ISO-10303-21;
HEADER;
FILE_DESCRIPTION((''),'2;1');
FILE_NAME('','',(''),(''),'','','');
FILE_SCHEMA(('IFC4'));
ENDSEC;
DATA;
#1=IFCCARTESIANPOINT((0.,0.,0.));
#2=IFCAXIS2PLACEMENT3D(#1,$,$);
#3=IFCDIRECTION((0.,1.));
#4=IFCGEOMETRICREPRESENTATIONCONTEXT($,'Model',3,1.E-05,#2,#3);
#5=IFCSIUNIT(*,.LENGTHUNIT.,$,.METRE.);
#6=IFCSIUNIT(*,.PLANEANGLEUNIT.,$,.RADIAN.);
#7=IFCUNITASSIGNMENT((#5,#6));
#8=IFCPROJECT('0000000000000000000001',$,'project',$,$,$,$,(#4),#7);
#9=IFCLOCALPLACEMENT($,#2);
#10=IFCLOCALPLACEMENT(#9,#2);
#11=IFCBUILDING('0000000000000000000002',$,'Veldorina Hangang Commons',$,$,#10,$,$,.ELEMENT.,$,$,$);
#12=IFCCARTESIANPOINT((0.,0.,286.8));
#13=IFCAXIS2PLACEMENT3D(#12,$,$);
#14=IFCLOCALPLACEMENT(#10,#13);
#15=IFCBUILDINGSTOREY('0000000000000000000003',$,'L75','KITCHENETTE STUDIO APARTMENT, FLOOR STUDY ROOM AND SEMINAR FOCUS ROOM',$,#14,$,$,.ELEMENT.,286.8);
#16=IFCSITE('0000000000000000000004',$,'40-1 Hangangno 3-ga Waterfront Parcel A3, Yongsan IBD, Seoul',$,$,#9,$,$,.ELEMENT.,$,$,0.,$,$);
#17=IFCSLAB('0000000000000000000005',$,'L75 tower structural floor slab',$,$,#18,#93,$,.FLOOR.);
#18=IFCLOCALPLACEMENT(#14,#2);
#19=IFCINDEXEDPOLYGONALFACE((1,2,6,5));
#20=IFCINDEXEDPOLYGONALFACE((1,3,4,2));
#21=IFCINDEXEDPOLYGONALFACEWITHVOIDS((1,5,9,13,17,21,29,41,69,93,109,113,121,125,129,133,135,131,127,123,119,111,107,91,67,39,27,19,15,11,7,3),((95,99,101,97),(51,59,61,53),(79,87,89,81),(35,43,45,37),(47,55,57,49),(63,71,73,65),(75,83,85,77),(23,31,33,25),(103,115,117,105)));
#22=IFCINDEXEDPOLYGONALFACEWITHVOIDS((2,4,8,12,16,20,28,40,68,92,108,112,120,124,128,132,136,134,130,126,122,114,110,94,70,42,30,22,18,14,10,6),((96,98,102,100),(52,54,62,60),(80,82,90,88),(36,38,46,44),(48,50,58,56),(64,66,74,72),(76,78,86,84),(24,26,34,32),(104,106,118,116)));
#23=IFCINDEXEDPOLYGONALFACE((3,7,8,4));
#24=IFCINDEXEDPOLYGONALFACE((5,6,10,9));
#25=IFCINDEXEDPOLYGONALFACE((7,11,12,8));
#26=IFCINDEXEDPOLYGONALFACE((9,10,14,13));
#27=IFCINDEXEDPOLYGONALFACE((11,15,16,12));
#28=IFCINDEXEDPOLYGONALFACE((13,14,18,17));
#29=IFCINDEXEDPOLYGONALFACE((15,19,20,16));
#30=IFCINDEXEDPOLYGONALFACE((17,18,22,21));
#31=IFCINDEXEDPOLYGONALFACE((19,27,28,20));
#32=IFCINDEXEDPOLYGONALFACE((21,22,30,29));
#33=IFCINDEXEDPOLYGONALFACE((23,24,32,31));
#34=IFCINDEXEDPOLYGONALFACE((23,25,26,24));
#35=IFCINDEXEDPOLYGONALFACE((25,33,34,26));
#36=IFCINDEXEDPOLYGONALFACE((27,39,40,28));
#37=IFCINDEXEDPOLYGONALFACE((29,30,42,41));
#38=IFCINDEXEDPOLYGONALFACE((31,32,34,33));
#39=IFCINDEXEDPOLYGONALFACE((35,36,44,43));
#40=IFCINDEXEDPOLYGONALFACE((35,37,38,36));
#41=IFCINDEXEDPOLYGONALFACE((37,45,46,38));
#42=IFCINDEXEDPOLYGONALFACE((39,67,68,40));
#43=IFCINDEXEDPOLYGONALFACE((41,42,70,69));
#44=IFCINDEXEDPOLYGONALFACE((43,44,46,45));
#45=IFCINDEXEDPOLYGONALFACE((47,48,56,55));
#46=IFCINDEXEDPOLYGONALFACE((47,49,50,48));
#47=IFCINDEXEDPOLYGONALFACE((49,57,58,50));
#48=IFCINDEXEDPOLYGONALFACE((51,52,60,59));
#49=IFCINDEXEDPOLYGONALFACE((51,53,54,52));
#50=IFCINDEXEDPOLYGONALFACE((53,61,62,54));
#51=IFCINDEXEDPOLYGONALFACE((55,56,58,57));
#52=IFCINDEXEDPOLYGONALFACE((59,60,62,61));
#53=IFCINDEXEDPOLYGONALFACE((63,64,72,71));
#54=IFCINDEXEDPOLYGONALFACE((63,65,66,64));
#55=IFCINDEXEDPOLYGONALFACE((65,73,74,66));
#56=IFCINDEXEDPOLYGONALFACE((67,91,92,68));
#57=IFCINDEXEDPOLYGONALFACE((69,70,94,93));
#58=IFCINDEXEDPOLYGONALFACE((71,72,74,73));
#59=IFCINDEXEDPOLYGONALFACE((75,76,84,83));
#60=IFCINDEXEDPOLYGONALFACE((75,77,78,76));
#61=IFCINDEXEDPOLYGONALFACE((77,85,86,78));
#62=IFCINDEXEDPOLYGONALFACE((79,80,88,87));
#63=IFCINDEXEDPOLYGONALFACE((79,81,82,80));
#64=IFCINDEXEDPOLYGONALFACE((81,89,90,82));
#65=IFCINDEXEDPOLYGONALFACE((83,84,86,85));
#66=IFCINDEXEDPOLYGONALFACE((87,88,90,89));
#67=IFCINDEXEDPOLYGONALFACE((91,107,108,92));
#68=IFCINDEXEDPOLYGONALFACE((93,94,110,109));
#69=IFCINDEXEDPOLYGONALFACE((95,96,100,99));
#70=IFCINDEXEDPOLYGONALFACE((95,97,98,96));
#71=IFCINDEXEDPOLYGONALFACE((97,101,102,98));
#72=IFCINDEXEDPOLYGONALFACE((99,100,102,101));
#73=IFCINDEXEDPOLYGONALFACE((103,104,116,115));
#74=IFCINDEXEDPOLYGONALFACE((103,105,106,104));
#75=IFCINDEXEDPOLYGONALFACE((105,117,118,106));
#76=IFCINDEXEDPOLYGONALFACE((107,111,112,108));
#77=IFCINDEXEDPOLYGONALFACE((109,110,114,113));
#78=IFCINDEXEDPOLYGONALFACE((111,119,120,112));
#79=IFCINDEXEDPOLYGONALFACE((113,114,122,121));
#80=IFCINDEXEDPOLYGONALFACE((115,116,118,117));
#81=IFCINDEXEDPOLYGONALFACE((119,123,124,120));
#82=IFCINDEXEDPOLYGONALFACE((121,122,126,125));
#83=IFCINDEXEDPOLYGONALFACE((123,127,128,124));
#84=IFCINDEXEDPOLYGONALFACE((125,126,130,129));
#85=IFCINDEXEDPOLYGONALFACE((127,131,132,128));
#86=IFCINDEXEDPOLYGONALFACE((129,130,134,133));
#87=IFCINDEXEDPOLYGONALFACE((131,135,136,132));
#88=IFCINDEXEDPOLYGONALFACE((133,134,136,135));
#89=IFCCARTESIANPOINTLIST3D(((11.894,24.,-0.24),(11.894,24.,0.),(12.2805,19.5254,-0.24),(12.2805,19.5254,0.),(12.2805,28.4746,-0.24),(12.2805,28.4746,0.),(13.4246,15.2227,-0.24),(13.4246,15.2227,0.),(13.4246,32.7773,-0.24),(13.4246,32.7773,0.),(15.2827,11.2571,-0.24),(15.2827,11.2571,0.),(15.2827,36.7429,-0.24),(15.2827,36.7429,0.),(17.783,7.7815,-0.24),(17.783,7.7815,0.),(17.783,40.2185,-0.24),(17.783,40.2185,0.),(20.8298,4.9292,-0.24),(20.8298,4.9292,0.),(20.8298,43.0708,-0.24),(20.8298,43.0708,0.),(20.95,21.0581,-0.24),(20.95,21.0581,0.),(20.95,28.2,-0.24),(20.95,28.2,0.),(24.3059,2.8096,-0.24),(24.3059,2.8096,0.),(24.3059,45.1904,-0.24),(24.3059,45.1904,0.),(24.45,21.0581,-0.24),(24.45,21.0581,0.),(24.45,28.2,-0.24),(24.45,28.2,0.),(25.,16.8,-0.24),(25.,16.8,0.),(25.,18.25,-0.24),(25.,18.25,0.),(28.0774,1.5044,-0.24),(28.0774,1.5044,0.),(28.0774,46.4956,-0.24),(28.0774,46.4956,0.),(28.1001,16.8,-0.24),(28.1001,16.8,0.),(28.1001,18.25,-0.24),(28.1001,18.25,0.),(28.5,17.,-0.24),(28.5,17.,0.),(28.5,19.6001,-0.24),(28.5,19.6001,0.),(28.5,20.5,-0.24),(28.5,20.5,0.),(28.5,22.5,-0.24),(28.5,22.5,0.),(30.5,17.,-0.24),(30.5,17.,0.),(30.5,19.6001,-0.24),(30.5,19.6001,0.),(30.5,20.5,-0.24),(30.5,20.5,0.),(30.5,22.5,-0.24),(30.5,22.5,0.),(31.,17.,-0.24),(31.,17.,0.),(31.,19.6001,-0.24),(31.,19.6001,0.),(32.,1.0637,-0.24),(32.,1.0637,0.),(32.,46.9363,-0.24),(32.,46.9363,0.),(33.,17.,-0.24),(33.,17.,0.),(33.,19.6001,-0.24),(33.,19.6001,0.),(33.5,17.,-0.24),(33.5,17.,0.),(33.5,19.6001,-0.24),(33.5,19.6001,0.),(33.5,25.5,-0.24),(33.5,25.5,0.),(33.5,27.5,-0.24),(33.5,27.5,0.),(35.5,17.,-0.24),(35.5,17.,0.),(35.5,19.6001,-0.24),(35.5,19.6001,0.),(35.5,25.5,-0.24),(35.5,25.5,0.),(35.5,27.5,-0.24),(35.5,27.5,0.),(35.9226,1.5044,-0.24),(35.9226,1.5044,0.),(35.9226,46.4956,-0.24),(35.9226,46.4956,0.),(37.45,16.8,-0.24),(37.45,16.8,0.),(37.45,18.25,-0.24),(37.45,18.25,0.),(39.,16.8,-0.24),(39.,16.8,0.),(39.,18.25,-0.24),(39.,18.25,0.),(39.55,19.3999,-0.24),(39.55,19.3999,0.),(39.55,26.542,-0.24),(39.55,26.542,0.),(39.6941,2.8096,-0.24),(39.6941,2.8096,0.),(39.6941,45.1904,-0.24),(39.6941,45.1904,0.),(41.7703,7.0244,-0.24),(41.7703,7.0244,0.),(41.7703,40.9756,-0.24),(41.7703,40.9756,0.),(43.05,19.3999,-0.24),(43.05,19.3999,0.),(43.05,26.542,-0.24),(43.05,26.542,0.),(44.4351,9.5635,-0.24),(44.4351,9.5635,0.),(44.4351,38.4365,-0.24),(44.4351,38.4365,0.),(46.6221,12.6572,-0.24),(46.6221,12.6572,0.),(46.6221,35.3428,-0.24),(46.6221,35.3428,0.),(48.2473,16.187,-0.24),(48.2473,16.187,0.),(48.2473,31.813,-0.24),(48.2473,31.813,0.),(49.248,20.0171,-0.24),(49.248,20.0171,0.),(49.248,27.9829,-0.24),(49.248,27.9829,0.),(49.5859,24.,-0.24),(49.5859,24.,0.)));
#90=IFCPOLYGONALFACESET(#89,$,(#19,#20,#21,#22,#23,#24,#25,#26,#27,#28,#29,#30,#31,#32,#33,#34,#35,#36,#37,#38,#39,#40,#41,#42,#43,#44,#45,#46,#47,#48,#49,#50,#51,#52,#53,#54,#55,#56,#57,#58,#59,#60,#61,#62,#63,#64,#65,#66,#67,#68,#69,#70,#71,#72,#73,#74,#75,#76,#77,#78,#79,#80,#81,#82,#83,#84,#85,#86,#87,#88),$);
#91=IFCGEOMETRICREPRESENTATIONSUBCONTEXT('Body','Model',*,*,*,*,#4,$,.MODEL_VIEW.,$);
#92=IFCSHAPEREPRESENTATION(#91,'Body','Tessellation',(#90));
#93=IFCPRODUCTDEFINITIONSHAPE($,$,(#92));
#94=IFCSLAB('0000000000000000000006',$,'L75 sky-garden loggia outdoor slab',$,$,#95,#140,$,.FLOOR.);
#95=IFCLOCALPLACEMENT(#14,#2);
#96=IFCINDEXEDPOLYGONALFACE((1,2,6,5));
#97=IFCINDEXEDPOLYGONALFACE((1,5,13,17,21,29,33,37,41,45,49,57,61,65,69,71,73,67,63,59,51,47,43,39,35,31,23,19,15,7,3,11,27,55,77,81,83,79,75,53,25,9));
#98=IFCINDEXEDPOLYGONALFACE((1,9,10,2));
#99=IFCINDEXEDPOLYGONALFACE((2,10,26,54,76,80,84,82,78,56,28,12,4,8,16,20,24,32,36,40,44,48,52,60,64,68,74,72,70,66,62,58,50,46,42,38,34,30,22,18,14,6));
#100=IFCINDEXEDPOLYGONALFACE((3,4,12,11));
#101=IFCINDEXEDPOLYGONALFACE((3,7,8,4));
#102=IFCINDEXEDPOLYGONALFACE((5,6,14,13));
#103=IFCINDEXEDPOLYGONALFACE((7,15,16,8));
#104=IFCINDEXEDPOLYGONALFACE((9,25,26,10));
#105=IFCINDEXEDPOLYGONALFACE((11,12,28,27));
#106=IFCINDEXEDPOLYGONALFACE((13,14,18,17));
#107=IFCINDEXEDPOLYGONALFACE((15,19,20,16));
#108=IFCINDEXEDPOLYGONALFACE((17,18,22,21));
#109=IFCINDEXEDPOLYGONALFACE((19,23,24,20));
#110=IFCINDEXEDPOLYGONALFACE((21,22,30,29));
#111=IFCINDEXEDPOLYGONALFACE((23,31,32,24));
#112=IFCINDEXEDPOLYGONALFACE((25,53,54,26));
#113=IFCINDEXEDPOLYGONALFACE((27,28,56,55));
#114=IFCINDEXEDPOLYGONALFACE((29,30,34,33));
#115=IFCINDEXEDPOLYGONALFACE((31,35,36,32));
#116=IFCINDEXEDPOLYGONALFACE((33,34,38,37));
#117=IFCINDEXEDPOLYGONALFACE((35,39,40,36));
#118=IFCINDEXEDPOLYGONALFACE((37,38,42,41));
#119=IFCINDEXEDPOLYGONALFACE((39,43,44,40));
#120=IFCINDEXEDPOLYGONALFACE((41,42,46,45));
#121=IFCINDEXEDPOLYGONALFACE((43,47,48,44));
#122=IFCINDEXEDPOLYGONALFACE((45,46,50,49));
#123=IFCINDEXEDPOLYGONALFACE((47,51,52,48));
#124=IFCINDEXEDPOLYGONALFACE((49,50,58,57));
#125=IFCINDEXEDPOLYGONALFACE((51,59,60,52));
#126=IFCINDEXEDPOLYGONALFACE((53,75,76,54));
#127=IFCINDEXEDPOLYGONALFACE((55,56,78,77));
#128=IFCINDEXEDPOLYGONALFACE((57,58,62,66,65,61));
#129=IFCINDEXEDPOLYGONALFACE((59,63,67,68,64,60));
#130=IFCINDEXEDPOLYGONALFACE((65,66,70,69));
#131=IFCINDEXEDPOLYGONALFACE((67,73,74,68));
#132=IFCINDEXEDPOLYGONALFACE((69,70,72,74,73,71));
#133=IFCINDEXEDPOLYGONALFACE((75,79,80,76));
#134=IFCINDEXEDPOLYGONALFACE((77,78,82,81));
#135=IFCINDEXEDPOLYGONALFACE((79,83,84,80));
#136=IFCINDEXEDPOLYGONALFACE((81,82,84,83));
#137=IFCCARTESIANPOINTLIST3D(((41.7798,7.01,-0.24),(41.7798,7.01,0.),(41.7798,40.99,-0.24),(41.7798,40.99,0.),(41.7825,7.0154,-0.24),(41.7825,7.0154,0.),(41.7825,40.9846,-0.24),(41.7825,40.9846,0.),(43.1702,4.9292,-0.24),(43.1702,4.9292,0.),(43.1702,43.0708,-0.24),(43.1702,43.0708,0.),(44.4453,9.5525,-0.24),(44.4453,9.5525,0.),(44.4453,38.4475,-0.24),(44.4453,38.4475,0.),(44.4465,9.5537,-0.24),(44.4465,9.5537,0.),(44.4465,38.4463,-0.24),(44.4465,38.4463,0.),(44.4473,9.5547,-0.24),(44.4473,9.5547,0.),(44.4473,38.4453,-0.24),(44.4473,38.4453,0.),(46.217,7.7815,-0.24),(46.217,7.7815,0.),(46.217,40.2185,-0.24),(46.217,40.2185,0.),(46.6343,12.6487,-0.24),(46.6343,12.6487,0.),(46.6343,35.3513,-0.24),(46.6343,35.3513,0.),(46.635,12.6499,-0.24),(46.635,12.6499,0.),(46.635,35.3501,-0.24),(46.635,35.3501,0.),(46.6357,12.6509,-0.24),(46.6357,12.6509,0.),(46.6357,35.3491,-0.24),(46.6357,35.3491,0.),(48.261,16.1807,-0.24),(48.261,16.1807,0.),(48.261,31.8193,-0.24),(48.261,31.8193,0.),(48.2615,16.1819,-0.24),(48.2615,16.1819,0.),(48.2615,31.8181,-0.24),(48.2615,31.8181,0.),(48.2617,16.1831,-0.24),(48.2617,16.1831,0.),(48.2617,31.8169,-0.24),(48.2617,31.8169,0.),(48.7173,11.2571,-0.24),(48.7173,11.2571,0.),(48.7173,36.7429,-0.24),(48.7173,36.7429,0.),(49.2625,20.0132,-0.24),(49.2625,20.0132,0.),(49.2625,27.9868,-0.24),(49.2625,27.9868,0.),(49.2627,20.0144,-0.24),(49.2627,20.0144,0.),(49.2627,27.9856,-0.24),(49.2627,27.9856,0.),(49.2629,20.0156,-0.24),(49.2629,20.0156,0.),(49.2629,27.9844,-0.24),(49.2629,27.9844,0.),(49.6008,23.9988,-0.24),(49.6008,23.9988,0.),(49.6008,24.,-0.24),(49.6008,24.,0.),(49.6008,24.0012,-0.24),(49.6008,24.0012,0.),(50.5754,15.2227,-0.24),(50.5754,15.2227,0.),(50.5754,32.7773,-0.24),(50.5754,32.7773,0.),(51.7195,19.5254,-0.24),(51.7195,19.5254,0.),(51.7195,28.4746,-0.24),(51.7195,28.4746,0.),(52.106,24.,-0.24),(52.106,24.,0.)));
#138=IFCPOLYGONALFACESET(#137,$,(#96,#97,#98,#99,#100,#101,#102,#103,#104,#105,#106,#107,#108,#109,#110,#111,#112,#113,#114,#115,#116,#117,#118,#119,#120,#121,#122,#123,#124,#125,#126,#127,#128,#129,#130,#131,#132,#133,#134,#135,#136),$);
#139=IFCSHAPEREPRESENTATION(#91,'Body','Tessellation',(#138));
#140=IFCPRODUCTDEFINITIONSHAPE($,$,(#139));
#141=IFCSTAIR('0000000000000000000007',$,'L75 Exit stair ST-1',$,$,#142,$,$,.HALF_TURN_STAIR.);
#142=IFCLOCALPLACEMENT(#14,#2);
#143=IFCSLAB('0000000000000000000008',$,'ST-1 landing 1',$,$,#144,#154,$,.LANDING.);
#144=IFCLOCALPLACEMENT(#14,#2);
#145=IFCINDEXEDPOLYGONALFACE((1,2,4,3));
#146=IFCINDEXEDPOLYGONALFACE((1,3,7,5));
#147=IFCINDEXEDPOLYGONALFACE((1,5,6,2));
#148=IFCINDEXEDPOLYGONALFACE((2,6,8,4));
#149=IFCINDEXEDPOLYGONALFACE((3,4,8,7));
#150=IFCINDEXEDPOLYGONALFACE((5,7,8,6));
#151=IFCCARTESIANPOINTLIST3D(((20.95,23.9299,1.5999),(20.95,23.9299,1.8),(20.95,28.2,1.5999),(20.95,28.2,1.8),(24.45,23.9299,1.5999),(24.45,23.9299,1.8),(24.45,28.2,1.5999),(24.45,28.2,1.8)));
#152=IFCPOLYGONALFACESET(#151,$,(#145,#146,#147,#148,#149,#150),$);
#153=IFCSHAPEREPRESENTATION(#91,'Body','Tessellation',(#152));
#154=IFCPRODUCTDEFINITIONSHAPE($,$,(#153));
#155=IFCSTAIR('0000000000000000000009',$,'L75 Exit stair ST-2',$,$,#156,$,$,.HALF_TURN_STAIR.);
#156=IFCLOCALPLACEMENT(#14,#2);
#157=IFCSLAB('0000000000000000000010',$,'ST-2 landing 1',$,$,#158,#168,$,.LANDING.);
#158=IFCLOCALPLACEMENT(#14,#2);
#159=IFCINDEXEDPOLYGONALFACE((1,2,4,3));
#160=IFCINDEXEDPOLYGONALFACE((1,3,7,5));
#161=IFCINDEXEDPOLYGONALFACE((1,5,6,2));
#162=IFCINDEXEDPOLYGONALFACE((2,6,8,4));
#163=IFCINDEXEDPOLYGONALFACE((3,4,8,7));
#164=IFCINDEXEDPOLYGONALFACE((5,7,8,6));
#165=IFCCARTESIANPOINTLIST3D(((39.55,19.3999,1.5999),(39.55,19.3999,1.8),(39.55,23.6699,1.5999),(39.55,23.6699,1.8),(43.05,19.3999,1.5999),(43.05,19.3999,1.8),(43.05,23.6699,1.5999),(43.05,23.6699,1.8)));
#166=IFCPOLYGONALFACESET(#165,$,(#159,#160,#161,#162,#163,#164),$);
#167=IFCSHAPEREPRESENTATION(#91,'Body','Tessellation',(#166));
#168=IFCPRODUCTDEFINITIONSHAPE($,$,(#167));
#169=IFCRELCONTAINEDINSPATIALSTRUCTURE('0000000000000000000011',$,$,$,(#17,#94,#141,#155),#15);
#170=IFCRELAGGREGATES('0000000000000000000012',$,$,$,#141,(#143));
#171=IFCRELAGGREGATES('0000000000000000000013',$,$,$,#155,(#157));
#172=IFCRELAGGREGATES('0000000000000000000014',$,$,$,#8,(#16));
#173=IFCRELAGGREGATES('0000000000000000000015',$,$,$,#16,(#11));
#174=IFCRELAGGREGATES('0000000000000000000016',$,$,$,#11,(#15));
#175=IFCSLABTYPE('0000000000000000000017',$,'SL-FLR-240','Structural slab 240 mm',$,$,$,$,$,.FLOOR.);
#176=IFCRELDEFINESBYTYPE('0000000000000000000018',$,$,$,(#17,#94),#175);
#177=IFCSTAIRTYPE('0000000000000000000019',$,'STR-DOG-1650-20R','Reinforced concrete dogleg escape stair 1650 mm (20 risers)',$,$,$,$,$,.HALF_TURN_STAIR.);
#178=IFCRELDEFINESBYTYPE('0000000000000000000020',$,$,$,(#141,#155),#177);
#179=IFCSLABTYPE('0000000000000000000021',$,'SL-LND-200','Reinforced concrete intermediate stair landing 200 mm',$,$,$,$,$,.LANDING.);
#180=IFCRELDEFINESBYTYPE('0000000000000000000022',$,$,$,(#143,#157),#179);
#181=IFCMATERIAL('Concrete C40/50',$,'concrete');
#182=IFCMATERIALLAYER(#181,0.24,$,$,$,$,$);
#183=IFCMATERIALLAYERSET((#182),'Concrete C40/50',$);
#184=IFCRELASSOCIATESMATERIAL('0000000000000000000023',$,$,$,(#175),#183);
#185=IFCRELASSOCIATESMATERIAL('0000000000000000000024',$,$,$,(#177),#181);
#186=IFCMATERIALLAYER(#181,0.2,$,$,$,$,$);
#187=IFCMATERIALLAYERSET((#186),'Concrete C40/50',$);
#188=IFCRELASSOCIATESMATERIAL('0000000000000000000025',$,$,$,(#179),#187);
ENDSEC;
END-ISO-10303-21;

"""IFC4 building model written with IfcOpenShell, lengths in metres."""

from ifc_helpers import new_model, si_unit, direction, frame, origin, place, context, subcontext, project, spatial, polyline, outline, extrude, material, layer, layer_set, type_object, element, aggregate, save


model = new_model("IFC4")

# Units and contexts
model_context = context("Model", 3, precision=1e-05, world=origin(), true_north=direction((0.0, 1.0)))
body_context = subcontext(model_context, "Body", "Model", "MODEL_VIEW")
ifc_project = project(units=[si_unit("LENGTHUNIT", "METRE"), si_unit("PLANEANGLEUNIT", "RADIAN")], contexts=[model_context])

# Site, building, storey
site_placement = place(None, origin())
site = spatial("IfcSite", under=ifc_project, at=site_placement, Name="40-1 Hangangno 3-ga Waterfront Parcel A3, Yongsan IBD, Seoul", CompositionType="ELEMENT", RefElevation=0.0)
building_placement = place(site_placement, origin())
building = spatial("IfcBuilding", under=site, at=building_placement, Name="Veldorina Hangang Commons", CompositionType="ELEMENT")
storey_placement = place(building_placement, frame((0.0, 0.0, 286.8)))
storey = spatial("IfcBuildingStorey", under=building, at=storey_placement, Name="L75", Description="KITCHENETTE STUDIO APARTMENT, FLOOR STUDY ROOM AND SEMINAR FOCUS ROOM", CompositionType="ELEMENT", Elevation=286.8)

# Slabs
ifc_material_1 = material(Name="Concrete C40/50", Category="concrete")
ifc_layer_1 = layer(ifc_material_1, 0.24)
ifc_layer_set_1 = layer_set([ifc_layer_1], Name="Concrete C40/50")
slab_type_1 = type_object("IfcSlabType", Name="SL-FLR-240", Description="Structural slab 240 mm", PredefinedType="FLOOR", material=ifc_layer_set_1)
slab_1_placement = place(storey_placement, frame((0.0, 0.0, -0.24)))
element("IfcSlab", 1, at=slab_1_placement, inside=storey, type_object=slab_type_1, Name="L75 tower structural floor slab", PredefinedType="FLOOR", context=body_context, shape_type="SweptSolid", body=[
    extrude(outline(polyline([(49.5859, 24.0), (49.248, 27.9829), (48.2473, 31.813), (46.6221, 35.3428), (44.4351, 38.4365), (41.7703, 40.9756), (39.6941, 45.1904), (35.9226, 46.4956), (32.0, 46.9363), (28.0774, 46.4956), (24.3059, 45.1904), (20.8298, 43.0708), (17.783, 40.2185), (15.2827, 36.7429), (13.4246, 32.7773), (12.2805, 28.4746), (11.894, 24.0), (12.2805, 19.5254), (13.4246, 15.2227), (15.2827, 11.2571), (17.783, 7.7815), (20.8298, 4.9292), (24.3059, 2.8096), (28.0774, 1.5044), (32.0, 1.0637), (35.9226, 1.5044), (39.6941, 2.8096), (41.7703, 7.0244), (44.4351, 9.5635), (46.6221, 12.6572), (48.2473, 16.187), (49.248, 20.0171), (49.5859, 24.0)]), holes=[polyline([(20.95, 21.0581), (20.95, 28.2), (24.45, 28.2), (24.45, 21.0581), (20.95, 21.0581)]), polyline([(43.05, 26.542), (43.05, 19.3999), (39.55, 19.3999), (39.55, 26.542), (43.05, 26.542)]), polyline([(33.5, 27.5), (35.5, 27.5), (35.5, 25.5), (33.5, 25.5), (33.5, 27.5)]), polyline([(28.5, 22.5), (30.5, 22.5), (30.5, 20.5), (28.5, 20.5), (28.5, 22.5)]), polyline([(28.5, 19.6001), (30.5, 19.6001), (30.5, 17.0), (28.5, 17.0), (28.5, 19.6001)]), polyline([(31.0, 19.6001), (33.0, 19.6001), (33.0, 17.0), (31.0, 17.0), (31.0, 19.6001)]), polyline([(33.5, 19.6001), (35.5, 19.6001), (35.5, 17.0), (33.5, 17.0), (33.5, 19.6001)]), polyline([(25.0, 18.25), (28.1001, 18.25), (28.1001, 16.8), (25.0, 16.8), (25.0, 18.25)]), polyline([(37.45, 18.25), (39.0, 18.25), (39.0, 16.8), (37.45, 16.8), (37.45, 18.25)])]), origin(), (0.0, 0.0, 1.0), 0.24),
])
slab_2_placement = place(storey_placement, frame((0.0, 0.0, -0.24)))
element("IfcSlab", 2, at=slab_2_placement, inside=storey, type_object=slab_type_1, Name="L75 sky-garden loggia outdoor slab", PredefinedType="FLOOR", context=body_context, shape_type="SweptSolid", body=[
    extrude(outline(polyline([(43.1702, 43.0708), (46.217, 40.2185), (48.7173, 36.7429), (50.5754, 32.7773), (51.7195, 28.4746), (52.106, 24.0), (51.7195, 19.5254), (50.5754, 15.2227), (48.7173, 11.2571), (46.217, 7.7815), (43.1702, 4.9292), (41.7798, 7.01), (41.7825, 7.0154), (44.4453, 9.5525), (44.4465, 9.5537), (44.4473, 9.5547), (46.6343, 12.6487), (46.635, 12.6499), (46.6357, 12.6509), (48.261, 16.1807), (48.2615, 16.1819), (48.2617, 16.1831), (49.2625, 20.0132), (49.2627, 20.0144), (49.2629, 20.0156), (49.6008, 23.9988), (49.6008, 24.0), (49.6008, 24.0012), (49.2629, 27.9844), (49.2627, 27.9856), (49.2625, 27.9868), (48.2617, 31.8169), (48.2615, 31.8181), (48.261, 31.8193), (46.6357, 35.3491), (46.635, 35.3501), (46.6343, 35.3513), (44.4473, 38.4453), (44.4465, 38.4463), (44.4453, 38.4475), (41.7825, 40.9846), (41.7798, 40.99), (43.1702, 43.0708)])), origin(), (0.0, 0.0, 1.0), 0.24),
])

# Stairs, slabs
stair_type = type_object("IfcStairType", Name="STR-DOG-1650-20R", Description="Reinforced concrete dogleg escape stair 1650 mm (20 risers)", PredefinedType="HALF_TURN_STAIR", material=ifc_material_1)
stair_1_placement = place(storey_placement, origin())
stair_1 = element("IfcStair", 3, at=stair_1_placement, inside=storey, type_object=stair_type, Name="L75 Exit stair ST-1", PredefinedType="HALF_TURN_STAIR")
ifc_layer_2 = layer(ifc_material_1, 0.2)
ifc_layer_set_2 = layer_set([ifc_layer_2], Name="Concrete C40/50")
slab_type_2 = type_object("IfcSlabType", Name="SL-LND-200", Description="Reinforced concrete intermediate stair landing 200 mm", PredefinedType="LANDING", material=ifc_layer_set_2)
slab_3_placement = place(storey_placement, frame((0.0, 0.0, 1.5999)))
slab_3 = element("IfcSlab", 4, at=slab_3_placement, type_object=slab_type_2, Name="ST-1 landing 1", PredefinedType="LANDING", context=body_context, shape_type="SweptSolid", body=[
    extrude(outline(polyline([(24.45, 23.9299), (24.45, 28.2), (20.95, 28.2), (20.95, 23.9299), (24.45, 23.9299)])), origin(), (0.0, 0.0, 1.0), 0.2002),
])
aggregate(stair_1, [slab_3])
stair_2_placement = place(storey_placement, origin())
stair_2 = element("IfcStair", 5, at=stair_2_placement, inside=storey, type_object=stair_type, Name="L75 Exit stair ST-2", PredefinedType="HALF_TURN_STAIR")
slab_4_placement = place(storey_placement, frame((0.0, 0.0, 1.5999)))
slab_4 = element("IfcSlab", 6, at=slab_4_placement, type_object=slab_type_2, Name="ST-2 landing 1", PredefinedType="LANDING", context=body_context, shape_type="SweptSolid", body=[
    extrude(outline(polyline([(39.55, 23.6699), (39.55, 19.3999), (43.05, 19.3999), (43.05, 23.6699), (39.55, 23.6699)])), origin(), (0.0, 0.0, 1.0), 0.2002),
])
aggregate(stair_2, [slab_4])

save(model, "model.ifc")
